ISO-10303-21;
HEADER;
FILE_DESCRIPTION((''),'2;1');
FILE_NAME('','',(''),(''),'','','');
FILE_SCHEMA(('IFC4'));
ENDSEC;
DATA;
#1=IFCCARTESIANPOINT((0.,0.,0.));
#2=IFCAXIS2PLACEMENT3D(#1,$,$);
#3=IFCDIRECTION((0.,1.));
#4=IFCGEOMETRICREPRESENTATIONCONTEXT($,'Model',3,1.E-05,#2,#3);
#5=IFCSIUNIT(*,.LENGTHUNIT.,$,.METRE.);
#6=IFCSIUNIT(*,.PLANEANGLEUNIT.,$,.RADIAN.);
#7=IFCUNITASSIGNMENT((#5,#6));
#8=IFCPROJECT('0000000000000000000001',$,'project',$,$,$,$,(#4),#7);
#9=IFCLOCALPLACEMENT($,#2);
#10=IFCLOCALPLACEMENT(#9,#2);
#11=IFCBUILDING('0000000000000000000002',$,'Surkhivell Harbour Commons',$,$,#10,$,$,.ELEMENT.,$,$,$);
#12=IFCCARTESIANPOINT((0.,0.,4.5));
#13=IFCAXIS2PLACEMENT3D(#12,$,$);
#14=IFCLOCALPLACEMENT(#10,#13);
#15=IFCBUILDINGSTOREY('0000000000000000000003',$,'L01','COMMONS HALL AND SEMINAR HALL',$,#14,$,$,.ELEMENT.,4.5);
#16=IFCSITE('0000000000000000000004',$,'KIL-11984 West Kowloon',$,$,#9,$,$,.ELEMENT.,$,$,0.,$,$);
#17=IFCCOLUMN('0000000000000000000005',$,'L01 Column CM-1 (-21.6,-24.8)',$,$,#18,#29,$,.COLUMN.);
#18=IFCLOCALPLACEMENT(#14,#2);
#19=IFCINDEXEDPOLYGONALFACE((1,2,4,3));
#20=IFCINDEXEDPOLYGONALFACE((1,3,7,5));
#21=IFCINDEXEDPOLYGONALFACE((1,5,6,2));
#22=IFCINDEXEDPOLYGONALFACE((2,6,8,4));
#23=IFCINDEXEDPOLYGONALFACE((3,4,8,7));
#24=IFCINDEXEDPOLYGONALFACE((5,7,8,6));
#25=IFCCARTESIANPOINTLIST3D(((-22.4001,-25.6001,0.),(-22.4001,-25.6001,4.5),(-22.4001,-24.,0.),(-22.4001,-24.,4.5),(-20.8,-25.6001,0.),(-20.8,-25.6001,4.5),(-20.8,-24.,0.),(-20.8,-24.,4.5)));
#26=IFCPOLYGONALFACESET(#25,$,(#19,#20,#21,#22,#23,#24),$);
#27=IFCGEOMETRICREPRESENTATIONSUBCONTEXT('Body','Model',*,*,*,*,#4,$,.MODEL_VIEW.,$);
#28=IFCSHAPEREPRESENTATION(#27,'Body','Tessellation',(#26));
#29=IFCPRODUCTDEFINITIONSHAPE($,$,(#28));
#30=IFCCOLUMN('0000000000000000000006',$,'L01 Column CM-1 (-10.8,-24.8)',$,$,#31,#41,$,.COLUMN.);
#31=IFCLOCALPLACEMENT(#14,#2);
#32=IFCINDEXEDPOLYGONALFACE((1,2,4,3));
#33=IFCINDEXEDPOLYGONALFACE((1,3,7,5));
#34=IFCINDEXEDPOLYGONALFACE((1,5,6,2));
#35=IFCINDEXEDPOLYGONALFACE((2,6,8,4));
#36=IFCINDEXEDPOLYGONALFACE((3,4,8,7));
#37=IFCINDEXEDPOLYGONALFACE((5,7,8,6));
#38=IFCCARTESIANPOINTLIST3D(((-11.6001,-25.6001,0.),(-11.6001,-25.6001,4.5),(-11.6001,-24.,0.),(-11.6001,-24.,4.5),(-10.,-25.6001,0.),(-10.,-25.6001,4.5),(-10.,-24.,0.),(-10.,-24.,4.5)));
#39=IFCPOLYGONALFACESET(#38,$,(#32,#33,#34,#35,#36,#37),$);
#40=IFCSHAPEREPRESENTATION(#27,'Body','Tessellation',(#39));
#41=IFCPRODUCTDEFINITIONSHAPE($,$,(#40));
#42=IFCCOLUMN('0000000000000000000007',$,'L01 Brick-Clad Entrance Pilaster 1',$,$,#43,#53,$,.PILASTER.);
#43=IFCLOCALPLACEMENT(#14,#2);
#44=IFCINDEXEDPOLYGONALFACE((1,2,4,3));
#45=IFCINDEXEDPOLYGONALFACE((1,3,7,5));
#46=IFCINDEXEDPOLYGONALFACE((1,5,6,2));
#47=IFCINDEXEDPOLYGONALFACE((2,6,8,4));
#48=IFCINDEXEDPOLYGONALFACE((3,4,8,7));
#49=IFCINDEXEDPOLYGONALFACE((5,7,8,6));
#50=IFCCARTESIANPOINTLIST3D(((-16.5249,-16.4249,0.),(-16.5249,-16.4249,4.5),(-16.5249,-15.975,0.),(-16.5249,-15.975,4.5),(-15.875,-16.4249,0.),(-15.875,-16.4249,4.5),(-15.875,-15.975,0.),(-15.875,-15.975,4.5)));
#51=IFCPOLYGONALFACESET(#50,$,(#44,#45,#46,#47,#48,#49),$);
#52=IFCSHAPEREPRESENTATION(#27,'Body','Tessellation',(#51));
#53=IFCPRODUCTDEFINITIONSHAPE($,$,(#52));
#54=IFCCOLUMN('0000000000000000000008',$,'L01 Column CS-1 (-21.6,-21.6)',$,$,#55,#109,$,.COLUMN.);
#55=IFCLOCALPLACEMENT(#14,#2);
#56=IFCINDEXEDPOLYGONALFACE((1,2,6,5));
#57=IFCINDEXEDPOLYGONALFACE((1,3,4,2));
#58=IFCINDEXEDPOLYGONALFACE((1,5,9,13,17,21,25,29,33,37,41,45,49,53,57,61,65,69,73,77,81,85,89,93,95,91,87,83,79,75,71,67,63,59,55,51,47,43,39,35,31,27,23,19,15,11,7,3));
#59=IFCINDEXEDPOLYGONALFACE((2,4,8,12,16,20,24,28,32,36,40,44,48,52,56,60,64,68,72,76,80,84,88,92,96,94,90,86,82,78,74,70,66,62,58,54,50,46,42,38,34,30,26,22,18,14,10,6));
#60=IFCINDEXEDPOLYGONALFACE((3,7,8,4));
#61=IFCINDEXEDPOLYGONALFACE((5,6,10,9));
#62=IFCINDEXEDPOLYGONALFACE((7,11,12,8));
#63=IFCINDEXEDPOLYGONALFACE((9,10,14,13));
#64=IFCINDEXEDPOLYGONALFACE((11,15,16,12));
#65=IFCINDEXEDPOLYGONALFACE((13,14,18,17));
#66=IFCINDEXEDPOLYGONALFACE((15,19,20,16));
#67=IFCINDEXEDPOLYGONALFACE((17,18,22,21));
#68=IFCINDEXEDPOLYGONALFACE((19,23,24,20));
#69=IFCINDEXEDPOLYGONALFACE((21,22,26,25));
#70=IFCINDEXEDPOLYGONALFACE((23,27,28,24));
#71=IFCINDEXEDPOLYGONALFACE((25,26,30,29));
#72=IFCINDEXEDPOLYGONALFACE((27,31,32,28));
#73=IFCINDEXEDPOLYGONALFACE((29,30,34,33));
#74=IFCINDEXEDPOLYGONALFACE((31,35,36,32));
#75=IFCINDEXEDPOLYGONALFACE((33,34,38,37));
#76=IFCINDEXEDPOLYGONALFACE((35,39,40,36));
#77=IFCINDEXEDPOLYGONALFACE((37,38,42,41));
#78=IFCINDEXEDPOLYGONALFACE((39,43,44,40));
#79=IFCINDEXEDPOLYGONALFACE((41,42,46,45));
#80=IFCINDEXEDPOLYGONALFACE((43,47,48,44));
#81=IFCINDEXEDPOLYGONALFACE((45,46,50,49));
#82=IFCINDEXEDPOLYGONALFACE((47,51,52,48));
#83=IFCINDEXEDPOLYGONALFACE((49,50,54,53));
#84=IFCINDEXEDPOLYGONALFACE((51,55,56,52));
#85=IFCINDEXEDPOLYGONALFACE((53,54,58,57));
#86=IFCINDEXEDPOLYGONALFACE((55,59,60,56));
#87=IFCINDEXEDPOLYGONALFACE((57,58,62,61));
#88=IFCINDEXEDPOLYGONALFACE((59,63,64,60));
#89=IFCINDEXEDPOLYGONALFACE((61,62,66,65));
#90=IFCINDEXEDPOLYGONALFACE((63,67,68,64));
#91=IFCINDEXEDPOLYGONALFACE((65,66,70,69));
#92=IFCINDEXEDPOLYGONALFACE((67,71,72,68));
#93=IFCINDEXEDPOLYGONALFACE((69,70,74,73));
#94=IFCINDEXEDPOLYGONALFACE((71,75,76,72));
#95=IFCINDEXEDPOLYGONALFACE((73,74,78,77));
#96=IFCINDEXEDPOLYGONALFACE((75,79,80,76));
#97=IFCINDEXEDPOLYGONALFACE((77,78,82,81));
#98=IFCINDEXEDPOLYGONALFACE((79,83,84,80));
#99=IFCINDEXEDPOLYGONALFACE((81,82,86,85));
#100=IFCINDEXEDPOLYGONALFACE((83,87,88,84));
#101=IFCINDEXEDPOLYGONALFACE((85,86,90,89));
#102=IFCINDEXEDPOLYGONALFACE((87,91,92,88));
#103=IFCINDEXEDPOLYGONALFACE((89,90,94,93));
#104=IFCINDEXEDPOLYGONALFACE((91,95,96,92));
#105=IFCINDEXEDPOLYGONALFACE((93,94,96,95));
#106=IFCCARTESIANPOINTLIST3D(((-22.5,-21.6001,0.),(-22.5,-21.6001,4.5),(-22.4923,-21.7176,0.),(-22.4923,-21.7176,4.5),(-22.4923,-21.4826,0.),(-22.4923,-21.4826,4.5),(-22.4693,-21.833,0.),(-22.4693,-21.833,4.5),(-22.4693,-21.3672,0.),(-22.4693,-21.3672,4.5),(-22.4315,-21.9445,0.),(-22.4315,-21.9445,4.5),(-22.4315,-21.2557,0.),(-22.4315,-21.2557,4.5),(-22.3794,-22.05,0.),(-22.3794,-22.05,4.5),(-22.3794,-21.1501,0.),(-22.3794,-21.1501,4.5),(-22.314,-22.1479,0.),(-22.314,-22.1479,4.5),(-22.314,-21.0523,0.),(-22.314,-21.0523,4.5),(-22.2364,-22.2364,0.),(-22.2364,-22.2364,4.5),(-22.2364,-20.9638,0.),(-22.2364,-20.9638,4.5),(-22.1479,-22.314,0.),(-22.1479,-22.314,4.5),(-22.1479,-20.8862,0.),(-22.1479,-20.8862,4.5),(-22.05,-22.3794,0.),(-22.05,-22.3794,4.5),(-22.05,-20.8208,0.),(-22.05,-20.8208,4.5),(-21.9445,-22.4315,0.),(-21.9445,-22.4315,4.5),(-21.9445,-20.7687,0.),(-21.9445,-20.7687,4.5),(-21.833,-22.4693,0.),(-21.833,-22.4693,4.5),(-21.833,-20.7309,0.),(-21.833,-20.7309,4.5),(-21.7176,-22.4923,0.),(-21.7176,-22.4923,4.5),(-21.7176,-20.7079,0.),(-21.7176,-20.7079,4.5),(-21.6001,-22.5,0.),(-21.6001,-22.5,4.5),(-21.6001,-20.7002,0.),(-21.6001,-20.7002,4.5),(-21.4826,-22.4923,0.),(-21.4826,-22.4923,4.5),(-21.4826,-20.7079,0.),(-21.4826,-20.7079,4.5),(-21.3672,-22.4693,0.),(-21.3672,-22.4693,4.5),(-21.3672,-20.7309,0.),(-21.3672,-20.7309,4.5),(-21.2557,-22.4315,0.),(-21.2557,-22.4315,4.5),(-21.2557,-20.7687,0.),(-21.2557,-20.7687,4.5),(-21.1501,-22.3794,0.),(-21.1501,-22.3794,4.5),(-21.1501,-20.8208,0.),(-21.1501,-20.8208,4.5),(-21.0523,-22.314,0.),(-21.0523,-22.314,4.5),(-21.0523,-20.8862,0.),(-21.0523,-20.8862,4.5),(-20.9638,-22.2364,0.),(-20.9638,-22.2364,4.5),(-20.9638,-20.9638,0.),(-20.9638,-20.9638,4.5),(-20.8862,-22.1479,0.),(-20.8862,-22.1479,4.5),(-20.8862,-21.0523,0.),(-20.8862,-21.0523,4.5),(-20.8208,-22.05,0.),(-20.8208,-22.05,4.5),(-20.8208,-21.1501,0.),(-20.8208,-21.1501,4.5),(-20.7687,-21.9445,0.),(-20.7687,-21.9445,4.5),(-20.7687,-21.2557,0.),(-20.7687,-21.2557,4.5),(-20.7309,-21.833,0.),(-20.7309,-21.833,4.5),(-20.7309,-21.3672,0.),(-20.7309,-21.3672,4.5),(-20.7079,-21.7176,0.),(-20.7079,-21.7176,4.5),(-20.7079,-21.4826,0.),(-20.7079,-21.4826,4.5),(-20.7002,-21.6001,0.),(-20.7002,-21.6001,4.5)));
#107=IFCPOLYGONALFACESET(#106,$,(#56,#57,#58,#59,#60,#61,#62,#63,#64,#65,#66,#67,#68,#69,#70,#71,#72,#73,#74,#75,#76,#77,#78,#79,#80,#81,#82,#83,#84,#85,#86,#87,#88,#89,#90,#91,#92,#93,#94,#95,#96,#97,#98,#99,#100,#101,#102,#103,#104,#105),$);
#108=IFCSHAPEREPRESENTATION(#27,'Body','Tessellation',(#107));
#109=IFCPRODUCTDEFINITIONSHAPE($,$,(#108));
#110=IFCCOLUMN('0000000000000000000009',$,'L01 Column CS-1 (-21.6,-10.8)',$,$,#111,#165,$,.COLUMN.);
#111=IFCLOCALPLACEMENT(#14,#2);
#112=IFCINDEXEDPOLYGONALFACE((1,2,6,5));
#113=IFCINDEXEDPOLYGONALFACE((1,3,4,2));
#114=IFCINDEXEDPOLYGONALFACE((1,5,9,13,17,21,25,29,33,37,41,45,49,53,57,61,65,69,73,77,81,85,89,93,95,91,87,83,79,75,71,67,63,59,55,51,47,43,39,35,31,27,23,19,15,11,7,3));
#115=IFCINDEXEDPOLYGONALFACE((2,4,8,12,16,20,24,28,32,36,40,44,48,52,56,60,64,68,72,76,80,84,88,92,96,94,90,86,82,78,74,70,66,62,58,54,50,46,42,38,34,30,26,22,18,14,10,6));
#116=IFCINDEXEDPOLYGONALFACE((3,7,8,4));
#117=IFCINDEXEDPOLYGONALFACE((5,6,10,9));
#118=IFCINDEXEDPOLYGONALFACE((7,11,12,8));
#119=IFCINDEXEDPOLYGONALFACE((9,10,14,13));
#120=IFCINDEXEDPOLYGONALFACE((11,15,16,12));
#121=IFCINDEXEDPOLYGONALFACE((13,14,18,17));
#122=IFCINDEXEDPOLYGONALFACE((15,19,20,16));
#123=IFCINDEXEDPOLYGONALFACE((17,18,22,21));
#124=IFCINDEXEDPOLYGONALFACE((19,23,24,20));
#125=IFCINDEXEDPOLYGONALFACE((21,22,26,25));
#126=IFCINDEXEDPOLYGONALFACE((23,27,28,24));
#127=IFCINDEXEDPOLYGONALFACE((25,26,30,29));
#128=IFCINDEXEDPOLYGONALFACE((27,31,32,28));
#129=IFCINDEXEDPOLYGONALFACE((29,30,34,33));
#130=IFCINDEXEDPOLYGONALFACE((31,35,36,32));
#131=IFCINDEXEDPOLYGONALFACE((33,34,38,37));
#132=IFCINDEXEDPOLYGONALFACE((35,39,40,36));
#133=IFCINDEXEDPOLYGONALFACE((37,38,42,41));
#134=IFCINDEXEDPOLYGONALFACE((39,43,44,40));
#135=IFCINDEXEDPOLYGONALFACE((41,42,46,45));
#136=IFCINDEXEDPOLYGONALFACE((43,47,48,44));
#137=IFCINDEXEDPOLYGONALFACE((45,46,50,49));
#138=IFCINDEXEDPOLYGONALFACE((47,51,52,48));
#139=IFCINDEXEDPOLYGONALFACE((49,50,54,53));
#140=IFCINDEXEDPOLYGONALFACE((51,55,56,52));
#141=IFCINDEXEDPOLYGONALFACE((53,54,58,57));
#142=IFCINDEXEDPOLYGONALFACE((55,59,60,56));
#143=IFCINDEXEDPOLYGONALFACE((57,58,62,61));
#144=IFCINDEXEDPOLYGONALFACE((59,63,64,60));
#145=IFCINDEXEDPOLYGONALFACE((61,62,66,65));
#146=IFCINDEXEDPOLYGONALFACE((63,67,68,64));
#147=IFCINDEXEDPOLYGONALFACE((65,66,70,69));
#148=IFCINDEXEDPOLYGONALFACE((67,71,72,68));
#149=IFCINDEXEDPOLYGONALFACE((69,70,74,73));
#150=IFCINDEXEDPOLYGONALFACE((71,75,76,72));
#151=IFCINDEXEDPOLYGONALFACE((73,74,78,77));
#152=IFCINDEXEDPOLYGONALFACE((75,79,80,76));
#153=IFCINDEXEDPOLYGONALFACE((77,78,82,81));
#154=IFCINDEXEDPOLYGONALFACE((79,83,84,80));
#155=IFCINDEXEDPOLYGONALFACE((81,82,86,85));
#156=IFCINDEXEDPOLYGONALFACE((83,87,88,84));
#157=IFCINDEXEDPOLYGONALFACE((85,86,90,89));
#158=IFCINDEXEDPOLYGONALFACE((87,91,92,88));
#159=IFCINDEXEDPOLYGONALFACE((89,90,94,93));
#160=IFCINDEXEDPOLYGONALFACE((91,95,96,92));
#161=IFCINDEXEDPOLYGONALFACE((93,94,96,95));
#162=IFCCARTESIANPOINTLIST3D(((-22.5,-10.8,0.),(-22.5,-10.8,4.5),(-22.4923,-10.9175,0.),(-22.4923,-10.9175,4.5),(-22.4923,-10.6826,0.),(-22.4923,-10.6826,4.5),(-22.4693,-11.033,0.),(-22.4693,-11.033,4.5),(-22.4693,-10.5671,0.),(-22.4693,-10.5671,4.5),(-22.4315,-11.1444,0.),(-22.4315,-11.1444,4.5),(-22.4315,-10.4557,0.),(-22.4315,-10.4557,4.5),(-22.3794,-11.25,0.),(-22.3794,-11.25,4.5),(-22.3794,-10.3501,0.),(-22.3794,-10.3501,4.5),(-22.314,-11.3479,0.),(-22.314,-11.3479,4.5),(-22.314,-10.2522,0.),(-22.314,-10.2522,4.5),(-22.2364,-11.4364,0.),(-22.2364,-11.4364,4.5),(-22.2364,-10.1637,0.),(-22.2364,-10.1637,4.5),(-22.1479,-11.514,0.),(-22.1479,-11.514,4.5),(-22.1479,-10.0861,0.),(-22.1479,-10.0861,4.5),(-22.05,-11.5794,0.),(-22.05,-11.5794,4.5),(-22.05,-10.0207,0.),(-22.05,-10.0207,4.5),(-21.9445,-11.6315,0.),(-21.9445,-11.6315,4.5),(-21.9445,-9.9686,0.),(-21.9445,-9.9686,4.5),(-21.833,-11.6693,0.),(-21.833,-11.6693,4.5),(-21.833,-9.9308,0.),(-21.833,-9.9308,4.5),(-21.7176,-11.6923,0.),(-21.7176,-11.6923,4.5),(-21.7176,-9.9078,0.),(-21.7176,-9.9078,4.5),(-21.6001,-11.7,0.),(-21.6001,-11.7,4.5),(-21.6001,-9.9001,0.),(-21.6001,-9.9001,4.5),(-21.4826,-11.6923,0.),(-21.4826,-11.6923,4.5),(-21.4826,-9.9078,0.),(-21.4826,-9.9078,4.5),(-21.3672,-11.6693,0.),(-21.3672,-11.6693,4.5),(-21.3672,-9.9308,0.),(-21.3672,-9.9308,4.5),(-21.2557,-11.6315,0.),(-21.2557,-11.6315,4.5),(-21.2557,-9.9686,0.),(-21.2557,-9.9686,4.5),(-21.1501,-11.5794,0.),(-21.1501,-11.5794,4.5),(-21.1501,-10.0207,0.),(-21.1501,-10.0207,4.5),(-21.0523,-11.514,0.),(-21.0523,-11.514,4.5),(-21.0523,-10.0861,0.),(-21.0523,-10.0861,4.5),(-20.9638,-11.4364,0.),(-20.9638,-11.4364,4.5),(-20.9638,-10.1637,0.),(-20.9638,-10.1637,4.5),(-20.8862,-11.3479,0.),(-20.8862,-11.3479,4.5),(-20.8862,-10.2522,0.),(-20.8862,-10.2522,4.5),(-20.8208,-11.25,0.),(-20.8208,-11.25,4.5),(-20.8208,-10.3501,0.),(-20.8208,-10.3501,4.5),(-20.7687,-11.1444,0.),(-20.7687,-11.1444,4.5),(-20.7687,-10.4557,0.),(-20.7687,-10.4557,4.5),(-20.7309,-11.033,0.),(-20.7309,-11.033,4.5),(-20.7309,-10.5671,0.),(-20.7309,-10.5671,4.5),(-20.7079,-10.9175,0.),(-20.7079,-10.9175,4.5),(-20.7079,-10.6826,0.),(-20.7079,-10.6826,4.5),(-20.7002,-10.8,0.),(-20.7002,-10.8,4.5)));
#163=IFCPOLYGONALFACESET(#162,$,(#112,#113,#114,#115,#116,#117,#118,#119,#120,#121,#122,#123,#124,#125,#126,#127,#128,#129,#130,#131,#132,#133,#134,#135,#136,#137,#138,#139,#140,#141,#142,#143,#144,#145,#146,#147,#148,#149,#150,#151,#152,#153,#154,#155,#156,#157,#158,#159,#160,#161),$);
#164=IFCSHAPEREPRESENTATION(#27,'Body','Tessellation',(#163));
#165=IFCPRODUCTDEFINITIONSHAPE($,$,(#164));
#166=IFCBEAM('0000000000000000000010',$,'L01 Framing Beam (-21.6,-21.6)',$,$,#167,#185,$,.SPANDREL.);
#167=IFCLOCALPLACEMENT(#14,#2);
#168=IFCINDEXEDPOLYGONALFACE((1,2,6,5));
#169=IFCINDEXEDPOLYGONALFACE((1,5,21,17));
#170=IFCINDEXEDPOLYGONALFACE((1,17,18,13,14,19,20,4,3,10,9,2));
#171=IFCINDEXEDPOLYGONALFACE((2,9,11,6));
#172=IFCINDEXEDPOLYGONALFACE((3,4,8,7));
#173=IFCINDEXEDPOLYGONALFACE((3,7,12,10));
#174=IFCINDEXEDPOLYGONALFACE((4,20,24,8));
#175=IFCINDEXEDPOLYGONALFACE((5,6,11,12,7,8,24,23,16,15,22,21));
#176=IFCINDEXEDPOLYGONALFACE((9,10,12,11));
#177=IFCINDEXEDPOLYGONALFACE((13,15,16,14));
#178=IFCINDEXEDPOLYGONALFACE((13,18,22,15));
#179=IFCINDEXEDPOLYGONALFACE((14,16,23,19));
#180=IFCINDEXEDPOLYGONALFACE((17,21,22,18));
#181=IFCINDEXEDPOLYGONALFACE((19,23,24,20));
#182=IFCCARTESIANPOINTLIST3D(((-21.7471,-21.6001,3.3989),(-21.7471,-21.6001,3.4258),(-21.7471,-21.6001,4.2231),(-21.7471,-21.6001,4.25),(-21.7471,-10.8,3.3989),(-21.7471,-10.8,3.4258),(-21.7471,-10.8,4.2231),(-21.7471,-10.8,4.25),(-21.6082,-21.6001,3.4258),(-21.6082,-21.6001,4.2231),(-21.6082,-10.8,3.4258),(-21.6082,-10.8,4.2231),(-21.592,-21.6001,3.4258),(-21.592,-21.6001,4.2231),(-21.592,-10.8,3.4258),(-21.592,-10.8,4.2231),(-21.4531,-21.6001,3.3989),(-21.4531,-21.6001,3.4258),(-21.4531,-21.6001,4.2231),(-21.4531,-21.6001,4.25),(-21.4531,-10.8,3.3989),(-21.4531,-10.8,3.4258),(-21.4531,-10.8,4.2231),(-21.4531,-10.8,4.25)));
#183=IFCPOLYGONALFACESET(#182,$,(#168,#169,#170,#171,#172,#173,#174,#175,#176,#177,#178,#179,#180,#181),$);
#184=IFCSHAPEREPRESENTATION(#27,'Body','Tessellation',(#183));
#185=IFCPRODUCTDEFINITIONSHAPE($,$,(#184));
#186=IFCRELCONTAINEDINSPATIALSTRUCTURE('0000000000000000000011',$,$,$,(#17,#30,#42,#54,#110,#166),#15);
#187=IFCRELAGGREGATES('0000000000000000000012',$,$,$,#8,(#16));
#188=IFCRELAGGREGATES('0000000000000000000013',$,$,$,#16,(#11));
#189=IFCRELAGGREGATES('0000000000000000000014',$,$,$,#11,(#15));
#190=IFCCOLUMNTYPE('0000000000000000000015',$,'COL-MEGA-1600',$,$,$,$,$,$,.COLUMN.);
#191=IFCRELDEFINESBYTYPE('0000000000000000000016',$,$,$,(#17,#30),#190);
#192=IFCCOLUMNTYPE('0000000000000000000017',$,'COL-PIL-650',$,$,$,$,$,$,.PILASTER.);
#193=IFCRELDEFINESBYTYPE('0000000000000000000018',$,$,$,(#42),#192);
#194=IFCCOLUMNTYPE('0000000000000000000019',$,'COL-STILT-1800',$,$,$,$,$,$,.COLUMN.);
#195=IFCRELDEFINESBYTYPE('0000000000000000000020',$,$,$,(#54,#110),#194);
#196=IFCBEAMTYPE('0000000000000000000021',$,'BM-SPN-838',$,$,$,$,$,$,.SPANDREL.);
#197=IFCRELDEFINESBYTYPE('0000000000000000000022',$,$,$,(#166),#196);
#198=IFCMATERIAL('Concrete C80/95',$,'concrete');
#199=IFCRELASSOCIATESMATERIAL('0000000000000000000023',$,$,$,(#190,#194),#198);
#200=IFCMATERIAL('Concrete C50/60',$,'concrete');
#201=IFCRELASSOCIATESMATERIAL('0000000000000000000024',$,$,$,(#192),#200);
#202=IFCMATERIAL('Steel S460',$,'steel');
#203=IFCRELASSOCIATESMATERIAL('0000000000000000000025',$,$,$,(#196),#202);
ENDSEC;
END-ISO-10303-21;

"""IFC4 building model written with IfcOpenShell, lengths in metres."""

from ifc_helpers import new_model, si_unit, direction, frame, origin, origin_2d, place, context, subcontext, project, spatial, rectangle, circle, i_section, extrude, material, material_profile, profile_set, type_object, element, save


model = new_model("IFC4")

# Units and contexts
model_context = context("Model", 3, precision=1e-05, world=origin(), true_north=direction((0.0, 1.0)))
body_context = subcontext(model_context, "Body", "Model", "MODEL_VIEW")
ifc_project = project(units=[si_unit("LENGTHUNIT", "METRE"), si_unit("PLANEANGLEUNIT", "RADIAN")], contexts=[model_context])

# Site, building, storey
site_placement = place(None, origin())
site = spatial("IfcSite", under=ifc_project, at=site_placement, Name="KIL-11984 West Kowloon", CompositionType="ELEMENT", RefElevation=0.0)
building_placement = place(site_placement, origin())
building = spatial("IfcBuilding", under=site, at=building_placement, Name="Surkhivell Harbour Commons", CompositionType="ELEMENT")
storey_placement = place(building_placement, frame((0.0, 0.0, 4.5)))
storey = spatial("IfcBuildingStorey", under=building, at=storey_placement, Name="L01", Description="COMMONS HALL AND SEMINAR HALL", CompositionType="ELEMENT", Elevation=4.5)

# Columns
ifc_material_1 = material(Name="Concrete C80/95", Category="concrete")
ifc_material_profile_1 = material_profile(ifc_material_1, rectangle(XDim=1.6001, YDim=1.6001, at=origin_2d()), Name="RC-COL-1600x1600")
ifc_profile_set_1 = profile_set([ifc_material_profile_1], Name="Concrete C80/95")
column_type_1 = type_object("IfcColumnType", Name="COL-MEGA-1600", PredefinedType="COLUMN", material=ifc_profile_set_1)
for number, where, z_axis, x_axis, name in (
    (1, (-21.6001, -24.8, 0.0), (0.0, 0.0, 1.0), (1.0, 0.0, 0.0), "L01 Column CM-1 (-21.6,-24.8)"),
    (2, (-10.8, -24.8, 0.0), (0.0, 0.0, 1.0), (1.0, 0.0, 0.0), "L01 Column CM-1 (-10.8,-24.8)"),
):
    element("IfcColumn", number, at=place(storey_placement, frame(where, z_axis=z_axis, x_axis=x_axis)), inside=storey, type_object=column_type_1, Name=name, PredefinedType="COLUMN", context=body_context, shape_type="SweptSolid", body=[
        extrude(rectangle(XDim=1.6001, YDim=1.6001, at=origin_2d()), origin(), (0.0, 0.0, 1.0), 4.5),
    ])
ifc_material_2 = material(Name="Concrete C50/60", Category="concrete")
ifc_material_profile_2 = material_profile(ifc_material_2, rectangle(XDim=0.6499, YDim=0.45, at=origin_2d()), Name="RC-PIL-650x450")
ifc_profile_set_2 = profile_set([ifc_material_profile_2], Name="Concrete C50/60")
column_type_2 = type_object("IfcColumnType", Name="COL-PIL-650", PredefinedType="PILASTER", material=ifc_profile_set_2)
column_placement = place(storey_placement, frame((-16.2, -16.2, 0.0), z_axis=(0.0, 0.0, 1.0), x_axis=(1.0, 0.0, 0.0)))
element("IfcColumn", 3, at=column_placement, inside=storey, type_object=column_type_2, Name="L01 Brick-Clad Entrance Pilaster 1", PredefinedType="PILASTER", context=body_context, shape_type="SweptSolid", body=[
    extrude(rectangle(XDim=0.6499, YDim=0.45, at=origin_2d()), origin(), (0.0, 0.0, 1.0), 4.5),
])
ifc_material_profile_3 = material_profile(ifc_material_1, circle(Radius=0.8999, at=origin_2d()), Name="RC-CIRC-1800")
ifc_profile_set_3 = profile_set([ifc_material_profile_3], Name="Concrete C80/95")
column_type_3 = type_object("IfcColumnType", Name="COL-STILT-1800", PredefinedType="COLUMN", material=ifc_profile_set_3)
for number, where, z_axis, x_axis, name in (
    (4, (-21.6001, -21.6001, 0.0), (0.0, 0.0, 1.0), (1.0, 0.0, 0.0), "L01 Column CS-1 (-21.6,-21.6)"),
    (5, (-21.6001, -10.8, 0.0), (0.0, 0.0, 1.0), (1.0, 0.0, 0.0), "L01 Column CS-1 (-21.6,-10.8)"),
):
    element("IfcColumn", number, at=place(storey_placement, frame(where, z_axis=z_axis, x_axis=x_axis)), inside=storey, type_object=column_type_3, Name=name, PredefinedType="COLUMN", context=body_context, shape_type="SweptSolid", body=[
        extrude(circle(Radius=0.8999, at=origin_2d()), origin(), (0.0, 0.0, 1.0), 4.5),
    ])

# Beam
ifc_material_3 = material(Name="Steel S460", Category="steel")
ifc_material_profile_4 = material_profile(ifc_material_3, i_section(OverallWidth=0.2939, OverallDepth=0.8511, WebThickness=0.0161, FlangeThickness=0.0269, at=origin_2d()), Name="UB838x292x226")
ifc_profile_set_4 = profile_set([ifc_material_profile_4], Name="Steel S460")
beam_type = type_object("IfcBeamType", Name="BM-SPN-838", PredefinedType="SPANDREL", material=ifc_profile_set_4)
for number, where, z_axis, x_axis, name in (
    (6, (-21.6001, -21.6001, 3.8245), (0.0, 1.0, 0.0), (-1.0, 0.0, 0.0), "L01 Framing Beam (-21.6,-21.6)"),
):
    element("IfcBeam", number, at=place(storey_placement, frame(where, z_axis=z_axis, x_axis=x_axis)), inside=storey, type_object=beam_type, Name=name, PredefinedType="SPANDREL", context=body_context, shape_type="SweptSolid", body=[
        extrude(i_section(OverallWidth=0.2939, OverallDepth=0.8511, WebThickness=0.0161, FlangeThickness=0.0269, at=origin_2d()), origin(), (0.0, 0.0, 1.0), 10.8),
    ])

save(model, "model.ifc")
